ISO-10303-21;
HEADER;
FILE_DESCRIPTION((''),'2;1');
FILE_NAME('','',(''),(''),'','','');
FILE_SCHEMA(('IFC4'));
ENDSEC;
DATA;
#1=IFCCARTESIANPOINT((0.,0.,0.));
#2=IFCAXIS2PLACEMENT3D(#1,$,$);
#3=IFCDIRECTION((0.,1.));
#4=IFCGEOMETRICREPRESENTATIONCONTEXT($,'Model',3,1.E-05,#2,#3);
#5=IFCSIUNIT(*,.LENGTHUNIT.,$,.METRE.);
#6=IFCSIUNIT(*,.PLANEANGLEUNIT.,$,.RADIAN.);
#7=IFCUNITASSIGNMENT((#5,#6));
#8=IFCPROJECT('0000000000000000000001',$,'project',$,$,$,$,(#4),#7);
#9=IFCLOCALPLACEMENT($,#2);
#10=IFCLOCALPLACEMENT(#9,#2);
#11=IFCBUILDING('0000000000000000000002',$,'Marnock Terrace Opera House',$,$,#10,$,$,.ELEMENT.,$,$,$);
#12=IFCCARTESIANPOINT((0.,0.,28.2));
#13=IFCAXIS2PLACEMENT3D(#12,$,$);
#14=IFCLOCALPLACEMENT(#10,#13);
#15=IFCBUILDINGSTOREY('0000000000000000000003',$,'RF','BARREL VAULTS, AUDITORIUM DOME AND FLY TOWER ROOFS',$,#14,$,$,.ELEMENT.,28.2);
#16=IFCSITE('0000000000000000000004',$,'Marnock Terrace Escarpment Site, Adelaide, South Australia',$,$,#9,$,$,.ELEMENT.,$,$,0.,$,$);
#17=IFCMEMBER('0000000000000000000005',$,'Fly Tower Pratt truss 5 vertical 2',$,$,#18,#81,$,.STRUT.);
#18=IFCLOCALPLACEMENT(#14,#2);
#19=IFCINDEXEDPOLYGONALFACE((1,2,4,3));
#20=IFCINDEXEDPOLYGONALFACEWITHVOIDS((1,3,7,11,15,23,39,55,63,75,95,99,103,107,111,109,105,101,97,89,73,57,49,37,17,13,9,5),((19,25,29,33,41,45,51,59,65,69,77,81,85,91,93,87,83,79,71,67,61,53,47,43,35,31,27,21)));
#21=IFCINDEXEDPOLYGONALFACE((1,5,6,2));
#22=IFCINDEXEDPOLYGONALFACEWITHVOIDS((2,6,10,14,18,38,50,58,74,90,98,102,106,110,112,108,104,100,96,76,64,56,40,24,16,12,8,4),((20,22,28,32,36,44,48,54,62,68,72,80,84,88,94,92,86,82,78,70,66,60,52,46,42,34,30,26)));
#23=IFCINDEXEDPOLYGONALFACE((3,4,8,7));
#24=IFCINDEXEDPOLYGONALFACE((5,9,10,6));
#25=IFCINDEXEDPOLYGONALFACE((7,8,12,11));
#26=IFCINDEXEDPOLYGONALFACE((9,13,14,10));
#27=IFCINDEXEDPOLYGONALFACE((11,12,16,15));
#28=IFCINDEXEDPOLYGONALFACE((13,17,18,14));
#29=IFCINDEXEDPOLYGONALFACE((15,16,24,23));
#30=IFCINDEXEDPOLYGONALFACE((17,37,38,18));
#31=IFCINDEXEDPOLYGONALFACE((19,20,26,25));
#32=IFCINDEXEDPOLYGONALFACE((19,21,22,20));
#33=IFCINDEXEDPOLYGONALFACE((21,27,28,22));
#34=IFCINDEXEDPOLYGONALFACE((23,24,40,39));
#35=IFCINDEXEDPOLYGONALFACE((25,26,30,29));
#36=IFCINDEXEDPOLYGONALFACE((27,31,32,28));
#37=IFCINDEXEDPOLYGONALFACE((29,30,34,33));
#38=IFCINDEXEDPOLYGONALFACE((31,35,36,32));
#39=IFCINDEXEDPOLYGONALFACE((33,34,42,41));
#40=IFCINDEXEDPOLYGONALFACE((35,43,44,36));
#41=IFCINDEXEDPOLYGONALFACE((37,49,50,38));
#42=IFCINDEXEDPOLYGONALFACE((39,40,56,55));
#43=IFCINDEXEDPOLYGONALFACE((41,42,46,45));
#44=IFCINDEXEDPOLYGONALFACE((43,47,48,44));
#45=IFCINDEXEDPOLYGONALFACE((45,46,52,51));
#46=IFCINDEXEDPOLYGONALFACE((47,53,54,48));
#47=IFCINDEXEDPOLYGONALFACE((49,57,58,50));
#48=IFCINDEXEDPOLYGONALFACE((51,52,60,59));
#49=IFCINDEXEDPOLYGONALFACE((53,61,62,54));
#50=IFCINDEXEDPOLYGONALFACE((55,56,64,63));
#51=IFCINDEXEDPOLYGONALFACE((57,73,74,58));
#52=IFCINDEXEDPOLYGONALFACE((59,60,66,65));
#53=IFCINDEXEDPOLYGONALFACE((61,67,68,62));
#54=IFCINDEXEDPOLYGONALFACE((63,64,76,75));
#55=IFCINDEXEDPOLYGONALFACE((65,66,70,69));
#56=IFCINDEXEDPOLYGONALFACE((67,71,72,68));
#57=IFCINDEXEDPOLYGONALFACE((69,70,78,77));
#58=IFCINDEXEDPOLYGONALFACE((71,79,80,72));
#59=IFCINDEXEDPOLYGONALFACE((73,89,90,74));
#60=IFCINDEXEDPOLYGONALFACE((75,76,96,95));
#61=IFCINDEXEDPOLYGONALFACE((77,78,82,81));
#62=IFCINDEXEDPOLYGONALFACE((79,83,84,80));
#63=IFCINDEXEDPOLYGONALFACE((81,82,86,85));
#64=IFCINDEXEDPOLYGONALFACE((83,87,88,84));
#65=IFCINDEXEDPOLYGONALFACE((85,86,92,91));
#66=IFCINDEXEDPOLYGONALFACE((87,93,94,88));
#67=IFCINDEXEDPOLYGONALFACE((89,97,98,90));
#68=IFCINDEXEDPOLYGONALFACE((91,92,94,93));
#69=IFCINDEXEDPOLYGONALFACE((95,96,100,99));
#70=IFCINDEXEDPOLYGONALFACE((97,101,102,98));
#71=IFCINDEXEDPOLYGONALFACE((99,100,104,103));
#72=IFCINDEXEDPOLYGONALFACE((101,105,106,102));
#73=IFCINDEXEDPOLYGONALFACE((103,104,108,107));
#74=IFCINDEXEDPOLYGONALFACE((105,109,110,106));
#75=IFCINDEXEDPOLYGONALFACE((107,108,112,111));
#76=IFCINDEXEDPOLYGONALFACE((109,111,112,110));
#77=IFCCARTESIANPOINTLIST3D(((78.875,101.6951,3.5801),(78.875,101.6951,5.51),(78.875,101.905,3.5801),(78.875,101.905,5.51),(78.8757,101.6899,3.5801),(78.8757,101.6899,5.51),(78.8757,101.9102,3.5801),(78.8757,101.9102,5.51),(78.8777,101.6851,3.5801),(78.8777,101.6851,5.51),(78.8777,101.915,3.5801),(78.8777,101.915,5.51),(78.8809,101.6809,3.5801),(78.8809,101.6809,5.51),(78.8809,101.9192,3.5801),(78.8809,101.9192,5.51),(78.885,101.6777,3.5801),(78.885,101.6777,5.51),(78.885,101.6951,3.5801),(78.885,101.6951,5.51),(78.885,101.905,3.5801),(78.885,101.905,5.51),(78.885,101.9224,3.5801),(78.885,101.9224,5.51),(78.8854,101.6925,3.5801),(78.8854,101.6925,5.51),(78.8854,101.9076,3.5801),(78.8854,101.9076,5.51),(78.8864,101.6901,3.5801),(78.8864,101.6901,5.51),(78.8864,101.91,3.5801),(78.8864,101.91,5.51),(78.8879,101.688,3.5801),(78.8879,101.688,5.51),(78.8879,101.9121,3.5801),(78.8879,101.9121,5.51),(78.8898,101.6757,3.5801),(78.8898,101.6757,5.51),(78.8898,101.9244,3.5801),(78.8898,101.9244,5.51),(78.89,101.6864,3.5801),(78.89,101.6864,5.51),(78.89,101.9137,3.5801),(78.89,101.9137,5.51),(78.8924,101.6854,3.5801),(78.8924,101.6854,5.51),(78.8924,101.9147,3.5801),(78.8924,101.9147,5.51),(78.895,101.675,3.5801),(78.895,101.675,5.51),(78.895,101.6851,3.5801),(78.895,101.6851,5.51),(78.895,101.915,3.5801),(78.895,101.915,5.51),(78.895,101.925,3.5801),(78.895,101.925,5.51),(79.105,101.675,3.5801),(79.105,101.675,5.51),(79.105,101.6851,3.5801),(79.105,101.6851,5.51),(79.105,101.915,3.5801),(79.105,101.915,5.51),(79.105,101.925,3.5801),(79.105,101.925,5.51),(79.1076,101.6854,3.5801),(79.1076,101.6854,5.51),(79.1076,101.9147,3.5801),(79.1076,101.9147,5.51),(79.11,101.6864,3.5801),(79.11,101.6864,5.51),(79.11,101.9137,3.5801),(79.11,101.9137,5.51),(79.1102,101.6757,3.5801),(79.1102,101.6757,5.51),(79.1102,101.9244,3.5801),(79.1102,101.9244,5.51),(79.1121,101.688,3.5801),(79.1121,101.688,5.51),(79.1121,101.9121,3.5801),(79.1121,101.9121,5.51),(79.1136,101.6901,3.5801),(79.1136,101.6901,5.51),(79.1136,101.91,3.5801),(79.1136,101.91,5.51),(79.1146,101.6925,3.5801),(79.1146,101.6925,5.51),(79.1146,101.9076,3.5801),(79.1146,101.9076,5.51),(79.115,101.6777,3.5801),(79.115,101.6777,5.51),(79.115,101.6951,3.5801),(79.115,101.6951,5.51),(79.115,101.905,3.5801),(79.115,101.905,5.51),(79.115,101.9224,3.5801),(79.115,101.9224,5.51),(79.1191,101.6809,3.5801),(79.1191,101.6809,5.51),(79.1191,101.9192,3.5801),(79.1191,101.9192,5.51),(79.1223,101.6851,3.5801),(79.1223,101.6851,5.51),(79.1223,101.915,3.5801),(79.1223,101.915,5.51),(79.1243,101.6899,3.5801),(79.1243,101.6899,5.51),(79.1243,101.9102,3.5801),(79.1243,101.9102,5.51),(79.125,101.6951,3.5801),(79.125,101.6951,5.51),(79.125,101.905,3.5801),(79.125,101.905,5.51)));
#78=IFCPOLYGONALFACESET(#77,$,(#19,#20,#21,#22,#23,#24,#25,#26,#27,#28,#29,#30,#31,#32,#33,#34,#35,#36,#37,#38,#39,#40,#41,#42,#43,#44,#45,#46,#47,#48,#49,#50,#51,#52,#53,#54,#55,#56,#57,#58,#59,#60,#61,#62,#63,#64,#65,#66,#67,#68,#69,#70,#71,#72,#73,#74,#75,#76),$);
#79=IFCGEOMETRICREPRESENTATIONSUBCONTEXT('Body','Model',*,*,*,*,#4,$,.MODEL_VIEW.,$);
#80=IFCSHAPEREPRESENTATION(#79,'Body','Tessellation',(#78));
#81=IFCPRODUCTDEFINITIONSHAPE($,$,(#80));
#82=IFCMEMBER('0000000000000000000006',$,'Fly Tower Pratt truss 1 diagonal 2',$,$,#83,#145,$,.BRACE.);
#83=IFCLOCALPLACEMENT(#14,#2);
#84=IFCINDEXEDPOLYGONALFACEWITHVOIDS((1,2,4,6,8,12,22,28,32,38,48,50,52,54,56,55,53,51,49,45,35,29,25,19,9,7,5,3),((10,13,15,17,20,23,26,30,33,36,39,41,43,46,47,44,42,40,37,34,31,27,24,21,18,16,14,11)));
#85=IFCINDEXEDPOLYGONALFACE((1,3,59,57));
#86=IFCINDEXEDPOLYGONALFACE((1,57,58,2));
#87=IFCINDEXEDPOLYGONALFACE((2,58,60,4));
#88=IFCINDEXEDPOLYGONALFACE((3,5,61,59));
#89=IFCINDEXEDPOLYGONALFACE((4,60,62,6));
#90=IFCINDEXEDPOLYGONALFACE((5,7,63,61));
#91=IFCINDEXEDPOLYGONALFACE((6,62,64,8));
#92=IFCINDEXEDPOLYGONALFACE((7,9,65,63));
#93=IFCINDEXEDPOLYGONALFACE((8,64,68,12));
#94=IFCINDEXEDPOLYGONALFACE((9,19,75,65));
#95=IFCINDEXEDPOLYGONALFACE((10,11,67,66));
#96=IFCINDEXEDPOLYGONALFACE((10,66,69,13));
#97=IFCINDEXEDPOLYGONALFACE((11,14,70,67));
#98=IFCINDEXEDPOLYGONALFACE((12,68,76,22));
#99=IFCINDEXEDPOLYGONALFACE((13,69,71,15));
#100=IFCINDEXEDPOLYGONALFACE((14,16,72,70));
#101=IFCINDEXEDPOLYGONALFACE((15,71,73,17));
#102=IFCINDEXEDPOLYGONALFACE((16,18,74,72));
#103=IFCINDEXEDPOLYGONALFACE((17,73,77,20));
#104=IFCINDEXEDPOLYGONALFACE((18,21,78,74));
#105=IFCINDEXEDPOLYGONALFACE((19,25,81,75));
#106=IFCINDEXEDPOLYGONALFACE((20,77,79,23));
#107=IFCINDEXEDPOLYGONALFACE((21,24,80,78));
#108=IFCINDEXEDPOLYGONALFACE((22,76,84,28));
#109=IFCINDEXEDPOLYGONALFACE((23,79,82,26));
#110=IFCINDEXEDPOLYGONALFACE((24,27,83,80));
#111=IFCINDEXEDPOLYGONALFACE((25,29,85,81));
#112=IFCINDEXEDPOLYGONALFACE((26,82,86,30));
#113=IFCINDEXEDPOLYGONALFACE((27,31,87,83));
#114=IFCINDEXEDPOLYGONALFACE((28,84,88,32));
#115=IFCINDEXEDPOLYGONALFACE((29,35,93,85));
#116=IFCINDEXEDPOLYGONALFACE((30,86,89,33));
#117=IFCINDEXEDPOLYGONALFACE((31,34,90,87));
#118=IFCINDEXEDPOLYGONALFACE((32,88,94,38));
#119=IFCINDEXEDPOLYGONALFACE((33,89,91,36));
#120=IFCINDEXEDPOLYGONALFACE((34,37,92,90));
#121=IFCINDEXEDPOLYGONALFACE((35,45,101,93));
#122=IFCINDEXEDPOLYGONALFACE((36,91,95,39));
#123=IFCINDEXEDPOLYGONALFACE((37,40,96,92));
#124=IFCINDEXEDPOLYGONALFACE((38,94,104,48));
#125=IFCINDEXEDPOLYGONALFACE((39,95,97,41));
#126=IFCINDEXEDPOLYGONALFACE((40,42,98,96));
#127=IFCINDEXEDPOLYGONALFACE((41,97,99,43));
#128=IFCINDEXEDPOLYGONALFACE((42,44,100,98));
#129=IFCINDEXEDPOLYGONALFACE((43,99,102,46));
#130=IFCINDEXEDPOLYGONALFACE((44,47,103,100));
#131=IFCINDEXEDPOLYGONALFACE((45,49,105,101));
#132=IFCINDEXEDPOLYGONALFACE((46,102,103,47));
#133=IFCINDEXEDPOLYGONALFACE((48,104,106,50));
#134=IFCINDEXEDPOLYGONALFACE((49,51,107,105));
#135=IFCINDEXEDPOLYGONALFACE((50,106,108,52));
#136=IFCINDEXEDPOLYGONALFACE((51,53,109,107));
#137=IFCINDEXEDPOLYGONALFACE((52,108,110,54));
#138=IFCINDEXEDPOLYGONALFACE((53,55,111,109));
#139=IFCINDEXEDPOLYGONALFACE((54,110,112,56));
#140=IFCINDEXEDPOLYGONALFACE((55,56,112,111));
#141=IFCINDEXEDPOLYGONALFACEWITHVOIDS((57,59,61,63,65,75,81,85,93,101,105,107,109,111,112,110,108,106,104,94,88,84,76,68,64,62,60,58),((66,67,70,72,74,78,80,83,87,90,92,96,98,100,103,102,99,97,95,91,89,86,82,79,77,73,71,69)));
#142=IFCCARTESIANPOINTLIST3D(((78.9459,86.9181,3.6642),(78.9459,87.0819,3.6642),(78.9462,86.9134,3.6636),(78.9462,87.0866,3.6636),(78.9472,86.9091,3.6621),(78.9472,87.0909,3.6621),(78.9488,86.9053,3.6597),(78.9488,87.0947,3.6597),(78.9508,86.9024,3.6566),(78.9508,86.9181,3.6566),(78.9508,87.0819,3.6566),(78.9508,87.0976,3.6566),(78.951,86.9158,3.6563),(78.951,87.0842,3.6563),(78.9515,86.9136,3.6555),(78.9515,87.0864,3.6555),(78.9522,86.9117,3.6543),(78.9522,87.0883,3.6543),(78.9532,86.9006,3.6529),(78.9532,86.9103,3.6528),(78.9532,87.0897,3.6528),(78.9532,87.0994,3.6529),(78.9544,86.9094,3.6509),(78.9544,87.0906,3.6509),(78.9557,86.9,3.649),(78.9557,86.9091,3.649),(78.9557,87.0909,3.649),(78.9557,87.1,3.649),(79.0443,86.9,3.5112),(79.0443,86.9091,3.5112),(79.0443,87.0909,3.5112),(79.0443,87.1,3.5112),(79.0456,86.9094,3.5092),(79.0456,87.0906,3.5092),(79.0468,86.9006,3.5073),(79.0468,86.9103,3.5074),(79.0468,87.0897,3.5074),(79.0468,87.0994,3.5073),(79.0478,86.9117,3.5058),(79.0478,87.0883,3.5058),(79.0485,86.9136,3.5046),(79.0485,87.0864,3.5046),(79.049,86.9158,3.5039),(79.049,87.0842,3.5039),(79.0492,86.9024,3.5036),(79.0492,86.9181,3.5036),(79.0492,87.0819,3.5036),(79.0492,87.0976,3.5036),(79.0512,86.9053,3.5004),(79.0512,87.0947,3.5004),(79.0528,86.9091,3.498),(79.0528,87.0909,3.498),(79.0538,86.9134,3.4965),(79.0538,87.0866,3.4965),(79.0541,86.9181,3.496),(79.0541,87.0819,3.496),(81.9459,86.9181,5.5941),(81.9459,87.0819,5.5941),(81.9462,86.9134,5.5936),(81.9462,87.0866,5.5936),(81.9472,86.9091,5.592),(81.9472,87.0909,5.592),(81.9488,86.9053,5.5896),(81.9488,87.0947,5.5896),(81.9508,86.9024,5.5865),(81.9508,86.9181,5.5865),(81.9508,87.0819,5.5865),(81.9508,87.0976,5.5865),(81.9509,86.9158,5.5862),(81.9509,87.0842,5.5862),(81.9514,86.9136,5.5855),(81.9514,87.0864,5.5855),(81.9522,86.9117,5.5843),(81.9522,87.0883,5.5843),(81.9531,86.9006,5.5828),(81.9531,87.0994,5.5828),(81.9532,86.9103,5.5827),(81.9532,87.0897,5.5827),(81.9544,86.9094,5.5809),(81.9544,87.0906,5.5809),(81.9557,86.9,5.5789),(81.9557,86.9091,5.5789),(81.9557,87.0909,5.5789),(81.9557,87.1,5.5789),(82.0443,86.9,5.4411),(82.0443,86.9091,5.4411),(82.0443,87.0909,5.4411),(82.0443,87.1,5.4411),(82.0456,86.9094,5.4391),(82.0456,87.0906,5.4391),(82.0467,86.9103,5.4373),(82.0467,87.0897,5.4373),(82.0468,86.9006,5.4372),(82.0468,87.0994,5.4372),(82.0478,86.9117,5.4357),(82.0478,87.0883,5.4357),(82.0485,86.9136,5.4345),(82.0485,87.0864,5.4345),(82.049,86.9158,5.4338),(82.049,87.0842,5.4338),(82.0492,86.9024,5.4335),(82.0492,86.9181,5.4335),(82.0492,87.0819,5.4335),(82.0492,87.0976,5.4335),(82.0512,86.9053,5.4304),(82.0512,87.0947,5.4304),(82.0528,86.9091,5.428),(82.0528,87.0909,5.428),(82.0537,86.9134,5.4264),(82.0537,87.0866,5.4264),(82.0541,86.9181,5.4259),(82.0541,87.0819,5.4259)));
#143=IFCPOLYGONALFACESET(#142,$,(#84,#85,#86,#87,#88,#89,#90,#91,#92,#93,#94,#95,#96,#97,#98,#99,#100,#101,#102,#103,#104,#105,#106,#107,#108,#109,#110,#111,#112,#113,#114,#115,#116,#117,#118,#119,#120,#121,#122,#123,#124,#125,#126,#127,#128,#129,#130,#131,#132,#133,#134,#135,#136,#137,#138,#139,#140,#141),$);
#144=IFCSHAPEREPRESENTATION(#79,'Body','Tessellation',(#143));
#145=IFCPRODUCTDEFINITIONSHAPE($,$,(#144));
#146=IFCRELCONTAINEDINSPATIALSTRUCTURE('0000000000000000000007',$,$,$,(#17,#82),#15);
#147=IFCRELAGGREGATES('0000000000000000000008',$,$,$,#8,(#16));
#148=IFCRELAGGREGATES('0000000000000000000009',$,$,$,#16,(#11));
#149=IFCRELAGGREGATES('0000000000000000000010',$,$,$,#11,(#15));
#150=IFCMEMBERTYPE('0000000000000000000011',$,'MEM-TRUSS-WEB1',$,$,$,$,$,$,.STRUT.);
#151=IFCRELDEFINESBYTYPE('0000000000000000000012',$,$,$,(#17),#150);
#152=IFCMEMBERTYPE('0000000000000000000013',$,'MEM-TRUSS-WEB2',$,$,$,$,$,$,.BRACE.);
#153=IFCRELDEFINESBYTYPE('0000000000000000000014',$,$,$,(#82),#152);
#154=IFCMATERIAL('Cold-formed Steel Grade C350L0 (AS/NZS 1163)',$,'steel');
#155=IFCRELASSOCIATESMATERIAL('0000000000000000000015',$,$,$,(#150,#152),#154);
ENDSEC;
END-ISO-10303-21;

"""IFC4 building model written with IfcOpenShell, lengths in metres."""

from ifc_helpers import new_model, si_unit, direction, frame, origin, origin_2d, place, context, subcontext, project, spatial, hollow_rectangle, extrude, material, material_profile, profile_set, type_object, element, save


model = new_model("IFC4")

# Units and contexts
model_context = context("Model", 3, precision=1e-05, world=origin(), true_north=direction((0.0, 1.0)))
body_context = subcontext(model_context, "Body", "Model", "MODEL_VIEW")
ifc_project = project(units=[si_unit("LENGTHUNIT", "METRE"), si_unit("PLANEANGLEUNIT", "RADIAN")], contexts=[model_context])

# Site, building, storey
site_placement = place(None, origin())
site = spatial("IfcSite", under=ifc_project, at=site_placement, Name="Marnock Terrace Escarpment Site, Adelaide, South Australia", CompositionType="ELEMENT", RefElevation=0.0)
building_placement = place(site_placement, origin())
building = spatial("IfcBuilding", under=site, at=building_placement, Name="Marnock Terrace Opera House", CompositionType="ELEMENT")
storey_placement = place(building_placement, frame((0.0, 0.0, 28.2)))
storey = spatial("IfcBuildingStorey", under=building, at=storey_placement, Name="RF", Description="BARREL VAULTS, AUDITORIUM DOME AND FLY TOWER ROOFS", CompositionType="ELEMENT", Elevation=28.2)

# Members
ifc_material_1 = material(Name="Cold-formed Steel Grade C350L0 (AS/NZS 1163)", Category="steel")
ifc_material_profile_1 = material_profile(ifc_material_1, hollow_rectangle(XDim=0.25, YDim=0.25, WallThickness=0.01, InnerFilletRadius=0.01, OuterFilletRadius=0.02, at=origin_2d()))
ifc_profile_set_1 = profile_set([ifc_material_profile_1], Name="Cold-formed Steel Grade C350L0 (AS/NZS 1163)")
member_type_1 = type_object("IfcMemberType", Name="MEM-TRUSS-WEB1", PredefinedType="STRUT", material=ifc_profile_set_1)
for number, where, z_axis, x_axis, name in (
    (1, (79.0, 101.8, 3.5801), (0.0, 0.0, 1.0), (1.0, 0.0, 0.0), "Fly Tower Pratt truss 5 vertical 2"),
):
    element("IfcMember", number, at=place(storey_placement, frame(where, z_axis=z_axis, x_axis=x_axis)), inside=storey, type_object=member_type_1, Name=name, PredefinedType="STRUT", context=body_context, shape_type="SweptSolid", body=[
        extrude(hollow_rectangle(XDim=0.25, YDim=0.25, WallThickness=0.01, InnerFilletRadius=0.01, OuterFilletRadius=0.02, at=origin_2d()), origin(), (0.0, 0.0, 1.0), 1.9299),
    ])
ifc_material_profile_2 = material_profile(ifc_material_1, hollow_rectangle(XDim=0.2, YDim=0.2, WallThickness=0.009, InnerFilletRadius=0.009, OuterFilletRadius=0.0181, at=origin_2d()))
ifc_profile_set_2 = profile_set([ifc_material_profile_2], Name="Cold-formed Steel Grade C350L0 (AS/NZS 1163)")
member_type_2 = type_object("IfcMemberType", Name="MEM-TRUSS-WEB2", PredefinedType="BRACE", material=ifc_profile_set_2)
for number, where, z_axis, x_axis, name in (
    (2, (79.0, 87.0, 3.5801), (0.841005, 0.0, 0.541027), (0.0, 1.0, 0.0), "Fly Tower Pratt truss 1 diagonal 2"),
):
    element("IfcMember", number, at=place(storey_placement, frame(where, z_axis=z_axis, x_axis=x_axis)), inside=storey, type_object=member_type_2, Name=name, PredefinedType="BRACE", context=body_context, shape_type="SweptSolid", body=[
        extrude(hollow_rectangle(XDim=0.2, YDim=0.2, WallThickness=0.009, InnerFilletRadius=0.009, OuterFilletRadius=0.0181, at=origin_2d()), origin(), (0.0, 0.0, 1.0), 3.5671),
    ])

save(model, "model.ifc")
